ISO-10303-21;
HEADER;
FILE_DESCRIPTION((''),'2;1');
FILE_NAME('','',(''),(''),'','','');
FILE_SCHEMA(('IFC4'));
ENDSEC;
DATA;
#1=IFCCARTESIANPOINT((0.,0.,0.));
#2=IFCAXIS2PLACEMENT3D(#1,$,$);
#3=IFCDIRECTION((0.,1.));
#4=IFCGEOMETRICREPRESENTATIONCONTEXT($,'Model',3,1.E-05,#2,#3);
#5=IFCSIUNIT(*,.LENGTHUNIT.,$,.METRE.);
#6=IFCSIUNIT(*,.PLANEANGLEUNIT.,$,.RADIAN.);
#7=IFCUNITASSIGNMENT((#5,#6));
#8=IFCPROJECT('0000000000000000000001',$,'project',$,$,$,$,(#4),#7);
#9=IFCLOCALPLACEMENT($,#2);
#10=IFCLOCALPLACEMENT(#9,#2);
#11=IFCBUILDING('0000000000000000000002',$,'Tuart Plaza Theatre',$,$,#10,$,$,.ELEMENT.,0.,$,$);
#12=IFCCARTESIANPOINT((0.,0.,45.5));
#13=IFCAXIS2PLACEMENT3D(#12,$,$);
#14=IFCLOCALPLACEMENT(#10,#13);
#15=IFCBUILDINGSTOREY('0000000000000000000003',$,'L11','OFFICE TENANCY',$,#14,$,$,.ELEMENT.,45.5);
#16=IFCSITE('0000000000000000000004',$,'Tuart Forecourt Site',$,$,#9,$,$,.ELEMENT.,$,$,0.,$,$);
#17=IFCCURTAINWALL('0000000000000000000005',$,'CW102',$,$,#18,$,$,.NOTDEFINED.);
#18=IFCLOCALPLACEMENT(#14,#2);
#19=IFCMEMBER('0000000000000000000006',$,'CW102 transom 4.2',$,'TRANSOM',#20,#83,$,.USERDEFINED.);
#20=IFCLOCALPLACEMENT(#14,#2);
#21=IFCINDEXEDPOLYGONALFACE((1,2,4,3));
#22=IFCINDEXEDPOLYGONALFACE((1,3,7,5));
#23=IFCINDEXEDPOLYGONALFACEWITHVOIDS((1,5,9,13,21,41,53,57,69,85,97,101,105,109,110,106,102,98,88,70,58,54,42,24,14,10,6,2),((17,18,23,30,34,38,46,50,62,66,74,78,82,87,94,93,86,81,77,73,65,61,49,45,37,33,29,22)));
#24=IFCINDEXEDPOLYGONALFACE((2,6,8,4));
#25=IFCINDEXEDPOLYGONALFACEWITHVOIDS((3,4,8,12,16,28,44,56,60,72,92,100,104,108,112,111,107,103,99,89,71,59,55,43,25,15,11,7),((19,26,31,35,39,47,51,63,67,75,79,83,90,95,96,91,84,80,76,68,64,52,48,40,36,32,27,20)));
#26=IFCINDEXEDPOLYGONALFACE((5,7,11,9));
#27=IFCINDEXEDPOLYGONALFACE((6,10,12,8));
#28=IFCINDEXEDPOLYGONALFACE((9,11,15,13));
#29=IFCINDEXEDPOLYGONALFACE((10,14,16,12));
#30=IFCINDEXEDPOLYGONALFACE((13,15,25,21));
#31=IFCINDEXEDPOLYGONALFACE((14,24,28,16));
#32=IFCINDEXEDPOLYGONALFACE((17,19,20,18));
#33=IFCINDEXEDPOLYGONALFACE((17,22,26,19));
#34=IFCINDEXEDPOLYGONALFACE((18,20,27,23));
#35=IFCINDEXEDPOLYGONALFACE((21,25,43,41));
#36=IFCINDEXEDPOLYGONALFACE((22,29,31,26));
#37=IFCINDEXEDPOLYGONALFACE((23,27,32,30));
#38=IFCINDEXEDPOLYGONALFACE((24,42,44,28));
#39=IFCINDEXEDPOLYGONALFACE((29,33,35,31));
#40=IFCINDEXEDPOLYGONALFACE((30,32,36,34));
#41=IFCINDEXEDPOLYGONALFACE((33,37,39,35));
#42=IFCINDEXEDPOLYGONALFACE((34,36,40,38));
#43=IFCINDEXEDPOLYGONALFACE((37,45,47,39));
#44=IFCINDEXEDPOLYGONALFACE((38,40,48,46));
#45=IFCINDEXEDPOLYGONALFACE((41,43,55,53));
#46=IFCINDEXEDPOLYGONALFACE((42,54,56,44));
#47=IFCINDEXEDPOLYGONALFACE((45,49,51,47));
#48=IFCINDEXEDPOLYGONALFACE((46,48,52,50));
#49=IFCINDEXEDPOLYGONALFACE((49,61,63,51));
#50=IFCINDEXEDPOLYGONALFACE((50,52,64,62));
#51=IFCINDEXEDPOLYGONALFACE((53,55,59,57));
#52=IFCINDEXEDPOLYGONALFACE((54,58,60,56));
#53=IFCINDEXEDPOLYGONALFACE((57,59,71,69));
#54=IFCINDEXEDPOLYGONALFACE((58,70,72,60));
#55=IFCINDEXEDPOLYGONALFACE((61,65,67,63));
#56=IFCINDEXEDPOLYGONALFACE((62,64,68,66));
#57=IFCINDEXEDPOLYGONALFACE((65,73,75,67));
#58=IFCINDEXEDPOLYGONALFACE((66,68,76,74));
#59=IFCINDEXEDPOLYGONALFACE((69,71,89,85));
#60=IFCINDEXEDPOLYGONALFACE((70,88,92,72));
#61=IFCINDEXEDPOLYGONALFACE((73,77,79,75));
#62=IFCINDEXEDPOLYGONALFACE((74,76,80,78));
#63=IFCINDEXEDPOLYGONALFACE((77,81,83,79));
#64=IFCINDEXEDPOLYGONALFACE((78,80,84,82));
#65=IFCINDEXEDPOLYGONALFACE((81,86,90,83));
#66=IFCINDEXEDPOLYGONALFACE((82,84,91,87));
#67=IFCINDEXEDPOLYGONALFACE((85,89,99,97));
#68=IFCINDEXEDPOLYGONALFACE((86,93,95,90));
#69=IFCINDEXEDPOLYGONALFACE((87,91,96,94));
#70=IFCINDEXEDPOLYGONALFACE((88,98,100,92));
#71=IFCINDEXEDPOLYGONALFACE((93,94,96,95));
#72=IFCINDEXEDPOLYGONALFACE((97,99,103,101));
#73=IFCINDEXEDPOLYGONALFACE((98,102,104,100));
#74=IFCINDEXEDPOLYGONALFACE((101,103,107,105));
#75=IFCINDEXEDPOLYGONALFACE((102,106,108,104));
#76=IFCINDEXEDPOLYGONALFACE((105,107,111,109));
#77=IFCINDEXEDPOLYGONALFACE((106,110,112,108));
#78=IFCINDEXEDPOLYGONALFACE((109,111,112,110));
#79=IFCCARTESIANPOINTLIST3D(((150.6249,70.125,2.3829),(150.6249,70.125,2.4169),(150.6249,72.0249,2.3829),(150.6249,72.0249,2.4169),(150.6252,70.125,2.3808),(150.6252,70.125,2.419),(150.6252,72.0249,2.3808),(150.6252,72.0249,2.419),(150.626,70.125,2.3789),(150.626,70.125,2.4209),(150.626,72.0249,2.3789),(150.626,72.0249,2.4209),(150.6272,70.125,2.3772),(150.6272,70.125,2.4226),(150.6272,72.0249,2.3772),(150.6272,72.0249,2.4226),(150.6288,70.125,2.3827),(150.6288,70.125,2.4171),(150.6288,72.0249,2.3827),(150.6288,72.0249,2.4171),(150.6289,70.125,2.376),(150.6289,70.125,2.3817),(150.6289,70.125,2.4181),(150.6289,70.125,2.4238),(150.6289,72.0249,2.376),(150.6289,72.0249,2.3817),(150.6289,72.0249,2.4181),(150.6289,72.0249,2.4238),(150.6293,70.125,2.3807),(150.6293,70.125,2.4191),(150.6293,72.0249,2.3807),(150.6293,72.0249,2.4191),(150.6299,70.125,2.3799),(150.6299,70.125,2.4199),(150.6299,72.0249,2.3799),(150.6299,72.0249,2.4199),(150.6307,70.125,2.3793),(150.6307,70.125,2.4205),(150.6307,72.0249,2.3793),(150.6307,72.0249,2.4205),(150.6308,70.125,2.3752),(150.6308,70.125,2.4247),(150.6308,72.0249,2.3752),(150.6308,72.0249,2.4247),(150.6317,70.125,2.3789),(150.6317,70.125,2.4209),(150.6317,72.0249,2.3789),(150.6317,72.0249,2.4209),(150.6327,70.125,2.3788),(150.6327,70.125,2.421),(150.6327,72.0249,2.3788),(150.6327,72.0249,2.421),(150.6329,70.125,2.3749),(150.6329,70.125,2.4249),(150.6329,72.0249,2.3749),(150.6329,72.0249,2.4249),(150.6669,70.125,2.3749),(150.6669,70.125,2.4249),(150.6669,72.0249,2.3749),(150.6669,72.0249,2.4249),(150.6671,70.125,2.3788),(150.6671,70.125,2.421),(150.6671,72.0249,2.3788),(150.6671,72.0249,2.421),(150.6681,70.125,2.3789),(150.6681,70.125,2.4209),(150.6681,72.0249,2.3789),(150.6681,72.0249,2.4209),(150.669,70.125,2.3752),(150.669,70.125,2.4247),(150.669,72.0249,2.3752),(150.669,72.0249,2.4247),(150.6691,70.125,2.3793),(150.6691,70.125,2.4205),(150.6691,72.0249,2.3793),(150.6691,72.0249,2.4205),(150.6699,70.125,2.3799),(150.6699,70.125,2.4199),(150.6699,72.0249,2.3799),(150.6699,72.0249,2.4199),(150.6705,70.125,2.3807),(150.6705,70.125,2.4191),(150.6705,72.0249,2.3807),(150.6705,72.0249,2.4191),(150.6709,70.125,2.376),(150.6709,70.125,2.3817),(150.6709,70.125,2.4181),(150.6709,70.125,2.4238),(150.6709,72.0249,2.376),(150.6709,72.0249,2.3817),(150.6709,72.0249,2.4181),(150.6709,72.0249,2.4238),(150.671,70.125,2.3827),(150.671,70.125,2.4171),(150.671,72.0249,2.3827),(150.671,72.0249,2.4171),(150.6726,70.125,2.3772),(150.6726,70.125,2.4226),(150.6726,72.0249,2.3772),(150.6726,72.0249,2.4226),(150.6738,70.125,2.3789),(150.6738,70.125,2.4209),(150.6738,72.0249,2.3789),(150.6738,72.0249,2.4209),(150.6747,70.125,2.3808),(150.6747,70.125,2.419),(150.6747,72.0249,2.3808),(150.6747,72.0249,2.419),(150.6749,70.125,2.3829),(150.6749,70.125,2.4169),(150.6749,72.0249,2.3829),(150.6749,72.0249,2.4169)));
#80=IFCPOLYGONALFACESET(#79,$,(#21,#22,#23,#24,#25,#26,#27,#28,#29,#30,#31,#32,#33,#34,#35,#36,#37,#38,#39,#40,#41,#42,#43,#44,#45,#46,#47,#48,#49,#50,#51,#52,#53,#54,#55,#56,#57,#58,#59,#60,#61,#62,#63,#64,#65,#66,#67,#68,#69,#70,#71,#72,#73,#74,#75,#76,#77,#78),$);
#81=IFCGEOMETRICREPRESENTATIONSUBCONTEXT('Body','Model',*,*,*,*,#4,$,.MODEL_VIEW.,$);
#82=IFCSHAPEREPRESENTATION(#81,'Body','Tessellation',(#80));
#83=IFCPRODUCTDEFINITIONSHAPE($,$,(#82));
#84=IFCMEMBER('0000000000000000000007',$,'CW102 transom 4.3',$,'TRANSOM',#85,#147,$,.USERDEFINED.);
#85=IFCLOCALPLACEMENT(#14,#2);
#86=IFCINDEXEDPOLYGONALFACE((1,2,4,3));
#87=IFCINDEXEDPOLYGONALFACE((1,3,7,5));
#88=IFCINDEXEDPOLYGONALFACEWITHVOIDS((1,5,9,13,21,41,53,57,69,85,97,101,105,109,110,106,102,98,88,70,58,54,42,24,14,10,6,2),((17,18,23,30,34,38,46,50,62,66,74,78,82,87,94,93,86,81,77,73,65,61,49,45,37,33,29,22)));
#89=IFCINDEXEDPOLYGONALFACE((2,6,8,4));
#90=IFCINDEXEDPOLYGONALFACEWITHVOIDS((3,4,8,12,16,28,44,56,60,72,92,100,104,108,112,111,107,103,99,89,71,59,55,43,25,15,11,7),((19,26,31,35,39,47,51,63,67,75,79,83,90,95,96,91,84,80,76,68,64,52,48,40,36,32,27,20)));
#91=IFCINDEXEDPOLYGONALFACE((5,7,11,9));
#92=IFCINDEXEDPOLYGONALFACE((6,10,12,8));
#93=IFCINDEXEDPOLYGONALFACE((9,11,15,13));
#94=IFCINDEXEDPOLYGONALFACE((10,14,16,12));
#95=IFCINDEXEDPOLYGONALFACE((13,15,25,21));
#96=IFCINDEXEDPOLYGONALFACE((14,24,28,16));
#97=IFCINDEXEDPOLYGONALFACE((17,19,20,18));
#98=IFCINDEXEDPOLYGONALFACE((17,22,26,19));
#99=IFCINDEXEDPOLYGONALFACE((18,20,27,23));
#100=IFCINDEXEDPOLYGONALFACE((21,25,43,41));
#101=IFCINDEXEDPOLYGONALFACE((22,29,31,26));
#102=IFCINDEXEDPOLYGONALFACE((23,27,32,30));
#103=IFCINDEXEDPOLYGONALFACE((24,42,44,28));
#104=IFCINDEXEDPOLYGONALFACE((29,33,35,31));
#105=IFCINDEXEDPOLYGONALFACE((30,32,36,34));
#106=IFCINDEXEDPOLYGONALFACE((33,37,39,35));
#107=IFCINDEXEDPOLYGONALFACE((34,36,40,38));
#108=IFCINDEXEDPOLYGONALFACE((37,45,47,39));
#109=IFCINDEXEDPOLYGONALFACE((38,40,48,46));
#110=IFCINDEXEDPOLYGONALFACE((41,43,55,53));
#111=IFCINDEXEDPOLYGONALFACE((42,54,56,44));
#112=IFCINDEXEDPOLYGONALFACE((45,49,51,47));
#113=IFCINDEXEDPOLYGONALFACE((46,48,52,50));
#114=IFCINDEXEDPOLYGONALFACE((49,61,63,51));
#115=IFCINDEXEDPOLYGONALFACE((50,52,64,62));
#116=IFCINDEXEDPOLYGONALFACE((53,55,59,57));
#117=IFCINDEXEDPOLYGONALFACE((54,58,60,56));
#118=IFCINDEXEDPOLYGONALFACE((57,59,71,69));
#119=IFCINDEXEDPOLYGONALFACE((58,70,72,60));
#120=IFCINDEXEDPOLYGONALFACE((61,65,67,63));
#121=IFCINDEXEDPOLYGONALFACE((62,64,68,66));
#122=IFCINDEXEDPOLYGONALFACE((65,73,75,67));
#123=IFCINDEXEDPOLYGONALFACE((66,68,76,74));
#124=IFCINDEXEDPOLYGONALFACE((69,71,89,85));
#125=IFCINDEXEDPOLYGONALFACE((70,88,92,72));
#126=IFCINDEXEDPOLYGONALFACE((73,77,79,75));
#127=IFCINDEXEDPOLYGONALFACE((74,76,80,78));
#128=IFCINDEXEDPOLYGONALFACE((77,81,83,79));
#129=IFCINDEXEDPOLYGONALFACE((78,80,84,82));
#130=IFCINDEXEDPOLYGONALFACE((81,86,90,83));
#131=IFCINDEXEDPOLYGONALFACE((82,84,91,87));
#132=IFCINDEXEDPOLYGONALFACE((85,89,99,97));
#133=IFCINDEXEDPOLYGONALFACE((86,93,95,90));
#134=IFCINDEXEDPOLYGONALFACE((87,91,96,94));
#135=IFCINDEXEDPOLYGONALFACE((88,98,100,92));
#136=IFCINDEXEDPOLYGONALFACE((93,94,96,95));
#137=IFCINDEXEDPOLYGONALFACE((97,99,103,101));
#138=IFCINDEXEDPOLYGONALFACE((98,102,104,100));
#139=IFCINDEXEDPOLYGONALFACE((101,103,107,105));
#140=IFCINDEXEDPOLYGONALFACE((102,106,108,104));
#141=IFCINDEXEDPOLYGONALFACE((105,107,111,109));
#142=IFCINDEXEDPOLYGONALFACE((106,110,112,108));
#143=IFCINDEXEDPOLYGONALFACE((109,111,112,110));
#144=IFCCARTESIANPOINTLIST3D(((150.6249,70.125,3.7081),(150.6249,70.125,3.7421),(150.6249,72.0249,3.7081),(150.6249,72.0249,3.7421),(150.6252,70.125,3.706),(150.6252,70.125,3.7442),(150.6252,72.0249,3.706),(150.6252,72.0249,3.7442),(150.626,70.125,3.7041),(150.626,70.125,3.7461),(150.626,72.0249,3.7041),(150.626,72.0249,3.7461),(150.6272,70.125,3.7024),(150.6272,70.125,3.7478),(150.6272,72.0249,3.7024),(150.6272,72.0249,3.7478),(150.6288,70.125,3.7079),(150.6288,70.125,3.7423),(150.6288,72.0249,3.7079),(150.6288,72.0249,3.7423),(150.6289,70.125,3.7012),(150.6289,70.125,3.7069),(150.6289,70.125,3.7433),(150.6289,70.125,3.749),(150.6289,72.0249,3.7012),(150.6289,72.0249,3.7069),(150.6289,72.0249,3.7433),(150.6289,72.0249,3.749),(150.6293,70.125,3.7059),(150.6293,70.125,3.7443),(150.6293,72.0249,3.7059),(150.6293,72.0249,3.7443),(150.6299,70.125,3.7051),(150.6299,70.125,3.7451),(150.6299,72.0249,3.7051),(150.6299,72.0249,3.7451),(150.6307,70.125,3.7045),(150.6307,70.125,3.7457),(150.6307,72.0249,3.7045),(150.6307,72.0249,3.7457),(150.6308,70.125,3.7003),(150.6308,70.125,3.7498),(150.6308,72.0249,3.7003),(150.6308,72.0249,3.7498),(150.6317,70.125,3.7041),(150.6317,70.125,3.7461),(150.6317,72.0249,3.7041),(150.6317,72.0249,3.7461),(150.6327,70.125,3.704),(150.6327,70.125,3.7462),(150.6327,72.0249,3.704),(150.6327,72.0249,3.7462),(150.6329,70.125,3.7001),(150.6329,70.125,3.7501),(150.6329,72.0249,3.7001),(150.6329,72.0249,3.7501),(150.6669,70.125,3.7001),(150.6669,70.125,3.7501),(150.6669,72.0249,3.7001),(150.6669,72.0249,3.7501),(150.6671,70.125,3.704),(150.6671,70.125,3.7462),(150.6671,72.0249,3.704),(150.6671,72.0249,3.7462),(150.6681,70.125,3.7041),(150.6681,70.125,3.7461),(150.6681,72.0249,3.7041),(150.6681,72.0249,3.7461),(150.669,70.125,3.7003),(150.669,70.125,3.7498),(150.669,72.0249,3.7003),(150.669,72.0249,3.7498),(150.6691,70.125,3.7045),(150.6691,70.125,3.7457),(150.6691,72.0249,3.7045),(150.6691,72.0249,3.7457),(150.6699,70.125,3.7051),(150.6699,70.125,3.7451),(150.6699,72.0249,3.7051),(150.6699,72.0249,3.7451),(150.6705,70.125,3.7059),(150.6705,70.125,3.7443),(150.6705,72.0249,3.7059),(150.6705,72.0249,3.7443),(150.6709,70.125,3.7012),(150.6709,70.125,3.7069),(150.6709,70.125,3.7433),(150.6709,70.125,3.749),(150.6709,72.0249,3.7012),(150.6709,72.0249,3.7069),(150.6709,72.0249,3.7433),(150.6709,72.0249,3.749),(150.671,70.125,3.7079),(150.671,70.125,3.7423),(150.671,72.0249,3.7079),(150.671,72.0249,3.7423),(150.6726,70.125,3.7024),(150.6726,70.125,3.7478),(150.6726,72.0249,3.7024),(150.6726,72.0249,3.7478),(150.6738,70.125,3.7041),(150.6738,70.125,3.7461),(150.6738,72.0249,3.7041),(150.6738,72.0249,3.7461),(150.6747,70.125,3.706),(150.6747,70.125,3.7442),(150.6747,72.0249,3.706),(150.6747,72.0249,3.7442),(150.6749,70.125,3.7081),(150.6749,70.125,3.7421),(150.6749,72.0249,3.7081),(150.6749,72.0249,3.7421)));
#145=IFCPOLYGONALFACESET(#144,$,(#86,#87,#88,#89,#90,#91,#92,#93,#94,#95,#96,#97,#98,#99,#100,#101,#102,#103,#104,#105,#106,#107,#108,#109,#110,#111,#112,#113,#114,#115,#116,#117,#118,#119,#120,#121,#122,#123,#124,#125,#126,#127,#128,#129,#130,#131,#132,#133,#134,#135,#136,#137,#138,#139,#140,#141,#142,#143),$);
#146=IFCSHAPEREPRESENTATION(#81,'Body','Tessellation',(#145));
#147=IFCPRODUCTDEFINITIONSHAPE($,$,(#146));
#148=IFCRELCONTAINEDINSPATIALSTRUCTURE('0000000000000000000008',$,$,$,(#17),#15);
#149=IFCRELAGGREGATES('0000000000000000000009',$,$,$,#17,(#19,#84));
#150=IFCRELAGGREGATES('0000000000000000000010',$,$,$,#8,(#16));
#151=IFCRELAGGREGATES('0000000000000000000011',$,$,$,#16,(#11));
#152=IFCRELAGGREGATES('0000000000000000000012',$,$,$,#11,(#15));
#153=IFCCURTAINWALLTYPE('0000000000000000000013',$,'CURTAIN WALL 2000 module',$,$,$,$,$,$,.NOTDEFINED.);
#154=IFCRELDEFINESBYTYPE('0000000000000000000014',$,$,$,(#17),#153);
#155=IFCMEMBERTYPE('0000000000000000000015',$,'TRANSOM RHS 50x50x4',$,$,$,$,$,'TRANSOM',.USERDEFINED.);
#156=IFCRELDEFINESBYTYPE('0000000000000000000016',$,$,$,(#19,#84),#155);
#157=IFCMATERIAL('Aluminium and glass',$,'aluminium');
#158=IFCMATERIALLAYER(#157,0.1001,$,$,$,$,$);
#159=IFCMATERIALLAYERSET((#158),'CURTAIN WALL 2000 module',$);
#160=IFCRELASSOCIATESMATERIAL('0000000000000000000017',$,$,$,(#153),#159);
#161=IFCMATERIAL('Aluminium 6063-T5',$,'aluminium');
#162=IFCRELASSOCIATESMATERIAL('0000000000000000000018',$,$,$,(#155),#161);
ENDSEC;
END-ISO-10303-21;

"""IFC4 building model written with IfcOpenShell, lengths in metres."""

from ifc_helpers import new_model, si_unit, direction, frame, origin, origin_2d, place, context, subcontext, project, spatial, hollow_rectangle, extrude, material, layer, layer_set, material_profile, profile_set, type_object, element, aggregate, save


model = new_model("IFC4")

# Units and contexts
model_context = context("Model", 3, precision=1e-05, world=origin(), true_north=direction((0.0, 1.0)))
body_context = subcontext(model_context, "Body", "Model", "MODEL_VIEW")
ifc_project = project(units=[si_unit("LENGTHUNIT", "METRE"), si_unit("PLANEANGLEUNIT", "RADIAN")], contexts=[model_context])

# Site, building, storey
site_placement = place(None, origin())
site = spatial("IfcSite", under=ifc_project, at=site_placement, Name="Tuart Forecourt Site", CompositionType="ELEMENT", RefElevation=0.0)
building_placement = place(site_placement, origin())
building = spatial("IfcBuilding", under=site, at=building_placement, Name="Tuart Plaza Theatre", CompositionType="ELEMENT", ElevationOfRefHeight=0.0)
storey_placement = place(building_placement, frame((0.0, 0.0, 45.5)))
storey = spatial("IfcBuildingStorey", under=building, at=storey_placement, Name="L11", Description="OFFICE TENANCY", CompositionType="ELEMENT", Elevation=45.5)

# Shared definitions
ifc_material_1 = material(Name="Aluminium and glass", Category="aluminium")
ifc_layer_1 = layer(ifc_material_1, 0.1001)
ifc_layer_set_1 = layer_set([ifc_layer_1], Name="CURTAIN WALL 2000 module")
curtain_wall_type = type_object("IfcCurtainWallType", Name="CURTAIN WALL 2000 module", PredefinedType="NOTDEFINED", material=ifc_layer_set_1)

# Curtain wall
curtain_wall_1_placement = place(storey_placement, origin())
curtain_wall_1 = element("IfcCurtainWall", 1, at=curtain_wall_1_placement, inside=storey, type_object=curtain_wall_type, Name="CW102", PredefinedType="NOTDEFINED")

# Members
ifc_material_2 = material(Name="Aluminium 6063-T5", Category="aluminium")
ifc_material_profile_1 = material_profile(ifc_material_2, hollow_rectangle(XDim=0.05, YDim=0.05, WallThickness=0.0039, InnerFilletRadius=0.0039, OuterFilletRadius=0.0081, at=origin_2d()), Name="RHS 50x50x4")
ifc_profile_set_1 = profile_set([ifc_material_profile_1], Name="Aluminium 6063-T5")
member_type_1 = type_object("IfcMemberType", Name="TRANSOM RHS 50x50x4", ElementType="TRANSOM", PredefinedType="USERDEFINED", material=ifc_profile_set_1)
member_1_placement = place(storey_placement, frame((150.6499, 70.125, 2.3999), z_axis=(0.0, 1.0, 0.0), x_axis=(-1.0, 0.0, 0.0)))
member_1 = element("IfcMember", 2, at=member_1_placement, type_object=member_type_1, Name="CW102 transom 4.2", ObjectType="TRANSOM", PredefinedType="USERDEFINED", context=body_context, shape_type="SweptSolid", body=[
    extrude(hollow_rectangle(XDim=0.05, YDim=0.05, WallThickness=0.0039, InnerFilletRadius=0.0039, OuterFilletRadius=0.0081, at=origin_2d()), origin(), (0.0, 0.0, 1.0), 1.8999),
])
member_2_placement = place(storey_placement, frame((150.6499, 70.125, 3.7251), z_axis=(0.0, 1.0, 0.0), x_axis=(-1.0, 0.0, 0.0)))
member_2 = element("IfcMember", 3, at=member_2_placement, type_object=member_type_1, Name="CW102 transom 4.3", ObjectType="TRANSOM", PredefinedType="USERDEFINED", context=body_context, shape_type="SweptSolid", body=[
    extrude(hollow_rectangle(XDim=0.05, YDim=0.05, WallThickness=0.0039, InnerFilletRadius=0.0039, OuterFilletRadius=0.0081, at=origin_2d()), origin(), (0.0, 0.0, 1.0), 1.8999),
])

aggregate(curtain_wall_1, [member_1, member_2])

save(model, "model.ifc")
